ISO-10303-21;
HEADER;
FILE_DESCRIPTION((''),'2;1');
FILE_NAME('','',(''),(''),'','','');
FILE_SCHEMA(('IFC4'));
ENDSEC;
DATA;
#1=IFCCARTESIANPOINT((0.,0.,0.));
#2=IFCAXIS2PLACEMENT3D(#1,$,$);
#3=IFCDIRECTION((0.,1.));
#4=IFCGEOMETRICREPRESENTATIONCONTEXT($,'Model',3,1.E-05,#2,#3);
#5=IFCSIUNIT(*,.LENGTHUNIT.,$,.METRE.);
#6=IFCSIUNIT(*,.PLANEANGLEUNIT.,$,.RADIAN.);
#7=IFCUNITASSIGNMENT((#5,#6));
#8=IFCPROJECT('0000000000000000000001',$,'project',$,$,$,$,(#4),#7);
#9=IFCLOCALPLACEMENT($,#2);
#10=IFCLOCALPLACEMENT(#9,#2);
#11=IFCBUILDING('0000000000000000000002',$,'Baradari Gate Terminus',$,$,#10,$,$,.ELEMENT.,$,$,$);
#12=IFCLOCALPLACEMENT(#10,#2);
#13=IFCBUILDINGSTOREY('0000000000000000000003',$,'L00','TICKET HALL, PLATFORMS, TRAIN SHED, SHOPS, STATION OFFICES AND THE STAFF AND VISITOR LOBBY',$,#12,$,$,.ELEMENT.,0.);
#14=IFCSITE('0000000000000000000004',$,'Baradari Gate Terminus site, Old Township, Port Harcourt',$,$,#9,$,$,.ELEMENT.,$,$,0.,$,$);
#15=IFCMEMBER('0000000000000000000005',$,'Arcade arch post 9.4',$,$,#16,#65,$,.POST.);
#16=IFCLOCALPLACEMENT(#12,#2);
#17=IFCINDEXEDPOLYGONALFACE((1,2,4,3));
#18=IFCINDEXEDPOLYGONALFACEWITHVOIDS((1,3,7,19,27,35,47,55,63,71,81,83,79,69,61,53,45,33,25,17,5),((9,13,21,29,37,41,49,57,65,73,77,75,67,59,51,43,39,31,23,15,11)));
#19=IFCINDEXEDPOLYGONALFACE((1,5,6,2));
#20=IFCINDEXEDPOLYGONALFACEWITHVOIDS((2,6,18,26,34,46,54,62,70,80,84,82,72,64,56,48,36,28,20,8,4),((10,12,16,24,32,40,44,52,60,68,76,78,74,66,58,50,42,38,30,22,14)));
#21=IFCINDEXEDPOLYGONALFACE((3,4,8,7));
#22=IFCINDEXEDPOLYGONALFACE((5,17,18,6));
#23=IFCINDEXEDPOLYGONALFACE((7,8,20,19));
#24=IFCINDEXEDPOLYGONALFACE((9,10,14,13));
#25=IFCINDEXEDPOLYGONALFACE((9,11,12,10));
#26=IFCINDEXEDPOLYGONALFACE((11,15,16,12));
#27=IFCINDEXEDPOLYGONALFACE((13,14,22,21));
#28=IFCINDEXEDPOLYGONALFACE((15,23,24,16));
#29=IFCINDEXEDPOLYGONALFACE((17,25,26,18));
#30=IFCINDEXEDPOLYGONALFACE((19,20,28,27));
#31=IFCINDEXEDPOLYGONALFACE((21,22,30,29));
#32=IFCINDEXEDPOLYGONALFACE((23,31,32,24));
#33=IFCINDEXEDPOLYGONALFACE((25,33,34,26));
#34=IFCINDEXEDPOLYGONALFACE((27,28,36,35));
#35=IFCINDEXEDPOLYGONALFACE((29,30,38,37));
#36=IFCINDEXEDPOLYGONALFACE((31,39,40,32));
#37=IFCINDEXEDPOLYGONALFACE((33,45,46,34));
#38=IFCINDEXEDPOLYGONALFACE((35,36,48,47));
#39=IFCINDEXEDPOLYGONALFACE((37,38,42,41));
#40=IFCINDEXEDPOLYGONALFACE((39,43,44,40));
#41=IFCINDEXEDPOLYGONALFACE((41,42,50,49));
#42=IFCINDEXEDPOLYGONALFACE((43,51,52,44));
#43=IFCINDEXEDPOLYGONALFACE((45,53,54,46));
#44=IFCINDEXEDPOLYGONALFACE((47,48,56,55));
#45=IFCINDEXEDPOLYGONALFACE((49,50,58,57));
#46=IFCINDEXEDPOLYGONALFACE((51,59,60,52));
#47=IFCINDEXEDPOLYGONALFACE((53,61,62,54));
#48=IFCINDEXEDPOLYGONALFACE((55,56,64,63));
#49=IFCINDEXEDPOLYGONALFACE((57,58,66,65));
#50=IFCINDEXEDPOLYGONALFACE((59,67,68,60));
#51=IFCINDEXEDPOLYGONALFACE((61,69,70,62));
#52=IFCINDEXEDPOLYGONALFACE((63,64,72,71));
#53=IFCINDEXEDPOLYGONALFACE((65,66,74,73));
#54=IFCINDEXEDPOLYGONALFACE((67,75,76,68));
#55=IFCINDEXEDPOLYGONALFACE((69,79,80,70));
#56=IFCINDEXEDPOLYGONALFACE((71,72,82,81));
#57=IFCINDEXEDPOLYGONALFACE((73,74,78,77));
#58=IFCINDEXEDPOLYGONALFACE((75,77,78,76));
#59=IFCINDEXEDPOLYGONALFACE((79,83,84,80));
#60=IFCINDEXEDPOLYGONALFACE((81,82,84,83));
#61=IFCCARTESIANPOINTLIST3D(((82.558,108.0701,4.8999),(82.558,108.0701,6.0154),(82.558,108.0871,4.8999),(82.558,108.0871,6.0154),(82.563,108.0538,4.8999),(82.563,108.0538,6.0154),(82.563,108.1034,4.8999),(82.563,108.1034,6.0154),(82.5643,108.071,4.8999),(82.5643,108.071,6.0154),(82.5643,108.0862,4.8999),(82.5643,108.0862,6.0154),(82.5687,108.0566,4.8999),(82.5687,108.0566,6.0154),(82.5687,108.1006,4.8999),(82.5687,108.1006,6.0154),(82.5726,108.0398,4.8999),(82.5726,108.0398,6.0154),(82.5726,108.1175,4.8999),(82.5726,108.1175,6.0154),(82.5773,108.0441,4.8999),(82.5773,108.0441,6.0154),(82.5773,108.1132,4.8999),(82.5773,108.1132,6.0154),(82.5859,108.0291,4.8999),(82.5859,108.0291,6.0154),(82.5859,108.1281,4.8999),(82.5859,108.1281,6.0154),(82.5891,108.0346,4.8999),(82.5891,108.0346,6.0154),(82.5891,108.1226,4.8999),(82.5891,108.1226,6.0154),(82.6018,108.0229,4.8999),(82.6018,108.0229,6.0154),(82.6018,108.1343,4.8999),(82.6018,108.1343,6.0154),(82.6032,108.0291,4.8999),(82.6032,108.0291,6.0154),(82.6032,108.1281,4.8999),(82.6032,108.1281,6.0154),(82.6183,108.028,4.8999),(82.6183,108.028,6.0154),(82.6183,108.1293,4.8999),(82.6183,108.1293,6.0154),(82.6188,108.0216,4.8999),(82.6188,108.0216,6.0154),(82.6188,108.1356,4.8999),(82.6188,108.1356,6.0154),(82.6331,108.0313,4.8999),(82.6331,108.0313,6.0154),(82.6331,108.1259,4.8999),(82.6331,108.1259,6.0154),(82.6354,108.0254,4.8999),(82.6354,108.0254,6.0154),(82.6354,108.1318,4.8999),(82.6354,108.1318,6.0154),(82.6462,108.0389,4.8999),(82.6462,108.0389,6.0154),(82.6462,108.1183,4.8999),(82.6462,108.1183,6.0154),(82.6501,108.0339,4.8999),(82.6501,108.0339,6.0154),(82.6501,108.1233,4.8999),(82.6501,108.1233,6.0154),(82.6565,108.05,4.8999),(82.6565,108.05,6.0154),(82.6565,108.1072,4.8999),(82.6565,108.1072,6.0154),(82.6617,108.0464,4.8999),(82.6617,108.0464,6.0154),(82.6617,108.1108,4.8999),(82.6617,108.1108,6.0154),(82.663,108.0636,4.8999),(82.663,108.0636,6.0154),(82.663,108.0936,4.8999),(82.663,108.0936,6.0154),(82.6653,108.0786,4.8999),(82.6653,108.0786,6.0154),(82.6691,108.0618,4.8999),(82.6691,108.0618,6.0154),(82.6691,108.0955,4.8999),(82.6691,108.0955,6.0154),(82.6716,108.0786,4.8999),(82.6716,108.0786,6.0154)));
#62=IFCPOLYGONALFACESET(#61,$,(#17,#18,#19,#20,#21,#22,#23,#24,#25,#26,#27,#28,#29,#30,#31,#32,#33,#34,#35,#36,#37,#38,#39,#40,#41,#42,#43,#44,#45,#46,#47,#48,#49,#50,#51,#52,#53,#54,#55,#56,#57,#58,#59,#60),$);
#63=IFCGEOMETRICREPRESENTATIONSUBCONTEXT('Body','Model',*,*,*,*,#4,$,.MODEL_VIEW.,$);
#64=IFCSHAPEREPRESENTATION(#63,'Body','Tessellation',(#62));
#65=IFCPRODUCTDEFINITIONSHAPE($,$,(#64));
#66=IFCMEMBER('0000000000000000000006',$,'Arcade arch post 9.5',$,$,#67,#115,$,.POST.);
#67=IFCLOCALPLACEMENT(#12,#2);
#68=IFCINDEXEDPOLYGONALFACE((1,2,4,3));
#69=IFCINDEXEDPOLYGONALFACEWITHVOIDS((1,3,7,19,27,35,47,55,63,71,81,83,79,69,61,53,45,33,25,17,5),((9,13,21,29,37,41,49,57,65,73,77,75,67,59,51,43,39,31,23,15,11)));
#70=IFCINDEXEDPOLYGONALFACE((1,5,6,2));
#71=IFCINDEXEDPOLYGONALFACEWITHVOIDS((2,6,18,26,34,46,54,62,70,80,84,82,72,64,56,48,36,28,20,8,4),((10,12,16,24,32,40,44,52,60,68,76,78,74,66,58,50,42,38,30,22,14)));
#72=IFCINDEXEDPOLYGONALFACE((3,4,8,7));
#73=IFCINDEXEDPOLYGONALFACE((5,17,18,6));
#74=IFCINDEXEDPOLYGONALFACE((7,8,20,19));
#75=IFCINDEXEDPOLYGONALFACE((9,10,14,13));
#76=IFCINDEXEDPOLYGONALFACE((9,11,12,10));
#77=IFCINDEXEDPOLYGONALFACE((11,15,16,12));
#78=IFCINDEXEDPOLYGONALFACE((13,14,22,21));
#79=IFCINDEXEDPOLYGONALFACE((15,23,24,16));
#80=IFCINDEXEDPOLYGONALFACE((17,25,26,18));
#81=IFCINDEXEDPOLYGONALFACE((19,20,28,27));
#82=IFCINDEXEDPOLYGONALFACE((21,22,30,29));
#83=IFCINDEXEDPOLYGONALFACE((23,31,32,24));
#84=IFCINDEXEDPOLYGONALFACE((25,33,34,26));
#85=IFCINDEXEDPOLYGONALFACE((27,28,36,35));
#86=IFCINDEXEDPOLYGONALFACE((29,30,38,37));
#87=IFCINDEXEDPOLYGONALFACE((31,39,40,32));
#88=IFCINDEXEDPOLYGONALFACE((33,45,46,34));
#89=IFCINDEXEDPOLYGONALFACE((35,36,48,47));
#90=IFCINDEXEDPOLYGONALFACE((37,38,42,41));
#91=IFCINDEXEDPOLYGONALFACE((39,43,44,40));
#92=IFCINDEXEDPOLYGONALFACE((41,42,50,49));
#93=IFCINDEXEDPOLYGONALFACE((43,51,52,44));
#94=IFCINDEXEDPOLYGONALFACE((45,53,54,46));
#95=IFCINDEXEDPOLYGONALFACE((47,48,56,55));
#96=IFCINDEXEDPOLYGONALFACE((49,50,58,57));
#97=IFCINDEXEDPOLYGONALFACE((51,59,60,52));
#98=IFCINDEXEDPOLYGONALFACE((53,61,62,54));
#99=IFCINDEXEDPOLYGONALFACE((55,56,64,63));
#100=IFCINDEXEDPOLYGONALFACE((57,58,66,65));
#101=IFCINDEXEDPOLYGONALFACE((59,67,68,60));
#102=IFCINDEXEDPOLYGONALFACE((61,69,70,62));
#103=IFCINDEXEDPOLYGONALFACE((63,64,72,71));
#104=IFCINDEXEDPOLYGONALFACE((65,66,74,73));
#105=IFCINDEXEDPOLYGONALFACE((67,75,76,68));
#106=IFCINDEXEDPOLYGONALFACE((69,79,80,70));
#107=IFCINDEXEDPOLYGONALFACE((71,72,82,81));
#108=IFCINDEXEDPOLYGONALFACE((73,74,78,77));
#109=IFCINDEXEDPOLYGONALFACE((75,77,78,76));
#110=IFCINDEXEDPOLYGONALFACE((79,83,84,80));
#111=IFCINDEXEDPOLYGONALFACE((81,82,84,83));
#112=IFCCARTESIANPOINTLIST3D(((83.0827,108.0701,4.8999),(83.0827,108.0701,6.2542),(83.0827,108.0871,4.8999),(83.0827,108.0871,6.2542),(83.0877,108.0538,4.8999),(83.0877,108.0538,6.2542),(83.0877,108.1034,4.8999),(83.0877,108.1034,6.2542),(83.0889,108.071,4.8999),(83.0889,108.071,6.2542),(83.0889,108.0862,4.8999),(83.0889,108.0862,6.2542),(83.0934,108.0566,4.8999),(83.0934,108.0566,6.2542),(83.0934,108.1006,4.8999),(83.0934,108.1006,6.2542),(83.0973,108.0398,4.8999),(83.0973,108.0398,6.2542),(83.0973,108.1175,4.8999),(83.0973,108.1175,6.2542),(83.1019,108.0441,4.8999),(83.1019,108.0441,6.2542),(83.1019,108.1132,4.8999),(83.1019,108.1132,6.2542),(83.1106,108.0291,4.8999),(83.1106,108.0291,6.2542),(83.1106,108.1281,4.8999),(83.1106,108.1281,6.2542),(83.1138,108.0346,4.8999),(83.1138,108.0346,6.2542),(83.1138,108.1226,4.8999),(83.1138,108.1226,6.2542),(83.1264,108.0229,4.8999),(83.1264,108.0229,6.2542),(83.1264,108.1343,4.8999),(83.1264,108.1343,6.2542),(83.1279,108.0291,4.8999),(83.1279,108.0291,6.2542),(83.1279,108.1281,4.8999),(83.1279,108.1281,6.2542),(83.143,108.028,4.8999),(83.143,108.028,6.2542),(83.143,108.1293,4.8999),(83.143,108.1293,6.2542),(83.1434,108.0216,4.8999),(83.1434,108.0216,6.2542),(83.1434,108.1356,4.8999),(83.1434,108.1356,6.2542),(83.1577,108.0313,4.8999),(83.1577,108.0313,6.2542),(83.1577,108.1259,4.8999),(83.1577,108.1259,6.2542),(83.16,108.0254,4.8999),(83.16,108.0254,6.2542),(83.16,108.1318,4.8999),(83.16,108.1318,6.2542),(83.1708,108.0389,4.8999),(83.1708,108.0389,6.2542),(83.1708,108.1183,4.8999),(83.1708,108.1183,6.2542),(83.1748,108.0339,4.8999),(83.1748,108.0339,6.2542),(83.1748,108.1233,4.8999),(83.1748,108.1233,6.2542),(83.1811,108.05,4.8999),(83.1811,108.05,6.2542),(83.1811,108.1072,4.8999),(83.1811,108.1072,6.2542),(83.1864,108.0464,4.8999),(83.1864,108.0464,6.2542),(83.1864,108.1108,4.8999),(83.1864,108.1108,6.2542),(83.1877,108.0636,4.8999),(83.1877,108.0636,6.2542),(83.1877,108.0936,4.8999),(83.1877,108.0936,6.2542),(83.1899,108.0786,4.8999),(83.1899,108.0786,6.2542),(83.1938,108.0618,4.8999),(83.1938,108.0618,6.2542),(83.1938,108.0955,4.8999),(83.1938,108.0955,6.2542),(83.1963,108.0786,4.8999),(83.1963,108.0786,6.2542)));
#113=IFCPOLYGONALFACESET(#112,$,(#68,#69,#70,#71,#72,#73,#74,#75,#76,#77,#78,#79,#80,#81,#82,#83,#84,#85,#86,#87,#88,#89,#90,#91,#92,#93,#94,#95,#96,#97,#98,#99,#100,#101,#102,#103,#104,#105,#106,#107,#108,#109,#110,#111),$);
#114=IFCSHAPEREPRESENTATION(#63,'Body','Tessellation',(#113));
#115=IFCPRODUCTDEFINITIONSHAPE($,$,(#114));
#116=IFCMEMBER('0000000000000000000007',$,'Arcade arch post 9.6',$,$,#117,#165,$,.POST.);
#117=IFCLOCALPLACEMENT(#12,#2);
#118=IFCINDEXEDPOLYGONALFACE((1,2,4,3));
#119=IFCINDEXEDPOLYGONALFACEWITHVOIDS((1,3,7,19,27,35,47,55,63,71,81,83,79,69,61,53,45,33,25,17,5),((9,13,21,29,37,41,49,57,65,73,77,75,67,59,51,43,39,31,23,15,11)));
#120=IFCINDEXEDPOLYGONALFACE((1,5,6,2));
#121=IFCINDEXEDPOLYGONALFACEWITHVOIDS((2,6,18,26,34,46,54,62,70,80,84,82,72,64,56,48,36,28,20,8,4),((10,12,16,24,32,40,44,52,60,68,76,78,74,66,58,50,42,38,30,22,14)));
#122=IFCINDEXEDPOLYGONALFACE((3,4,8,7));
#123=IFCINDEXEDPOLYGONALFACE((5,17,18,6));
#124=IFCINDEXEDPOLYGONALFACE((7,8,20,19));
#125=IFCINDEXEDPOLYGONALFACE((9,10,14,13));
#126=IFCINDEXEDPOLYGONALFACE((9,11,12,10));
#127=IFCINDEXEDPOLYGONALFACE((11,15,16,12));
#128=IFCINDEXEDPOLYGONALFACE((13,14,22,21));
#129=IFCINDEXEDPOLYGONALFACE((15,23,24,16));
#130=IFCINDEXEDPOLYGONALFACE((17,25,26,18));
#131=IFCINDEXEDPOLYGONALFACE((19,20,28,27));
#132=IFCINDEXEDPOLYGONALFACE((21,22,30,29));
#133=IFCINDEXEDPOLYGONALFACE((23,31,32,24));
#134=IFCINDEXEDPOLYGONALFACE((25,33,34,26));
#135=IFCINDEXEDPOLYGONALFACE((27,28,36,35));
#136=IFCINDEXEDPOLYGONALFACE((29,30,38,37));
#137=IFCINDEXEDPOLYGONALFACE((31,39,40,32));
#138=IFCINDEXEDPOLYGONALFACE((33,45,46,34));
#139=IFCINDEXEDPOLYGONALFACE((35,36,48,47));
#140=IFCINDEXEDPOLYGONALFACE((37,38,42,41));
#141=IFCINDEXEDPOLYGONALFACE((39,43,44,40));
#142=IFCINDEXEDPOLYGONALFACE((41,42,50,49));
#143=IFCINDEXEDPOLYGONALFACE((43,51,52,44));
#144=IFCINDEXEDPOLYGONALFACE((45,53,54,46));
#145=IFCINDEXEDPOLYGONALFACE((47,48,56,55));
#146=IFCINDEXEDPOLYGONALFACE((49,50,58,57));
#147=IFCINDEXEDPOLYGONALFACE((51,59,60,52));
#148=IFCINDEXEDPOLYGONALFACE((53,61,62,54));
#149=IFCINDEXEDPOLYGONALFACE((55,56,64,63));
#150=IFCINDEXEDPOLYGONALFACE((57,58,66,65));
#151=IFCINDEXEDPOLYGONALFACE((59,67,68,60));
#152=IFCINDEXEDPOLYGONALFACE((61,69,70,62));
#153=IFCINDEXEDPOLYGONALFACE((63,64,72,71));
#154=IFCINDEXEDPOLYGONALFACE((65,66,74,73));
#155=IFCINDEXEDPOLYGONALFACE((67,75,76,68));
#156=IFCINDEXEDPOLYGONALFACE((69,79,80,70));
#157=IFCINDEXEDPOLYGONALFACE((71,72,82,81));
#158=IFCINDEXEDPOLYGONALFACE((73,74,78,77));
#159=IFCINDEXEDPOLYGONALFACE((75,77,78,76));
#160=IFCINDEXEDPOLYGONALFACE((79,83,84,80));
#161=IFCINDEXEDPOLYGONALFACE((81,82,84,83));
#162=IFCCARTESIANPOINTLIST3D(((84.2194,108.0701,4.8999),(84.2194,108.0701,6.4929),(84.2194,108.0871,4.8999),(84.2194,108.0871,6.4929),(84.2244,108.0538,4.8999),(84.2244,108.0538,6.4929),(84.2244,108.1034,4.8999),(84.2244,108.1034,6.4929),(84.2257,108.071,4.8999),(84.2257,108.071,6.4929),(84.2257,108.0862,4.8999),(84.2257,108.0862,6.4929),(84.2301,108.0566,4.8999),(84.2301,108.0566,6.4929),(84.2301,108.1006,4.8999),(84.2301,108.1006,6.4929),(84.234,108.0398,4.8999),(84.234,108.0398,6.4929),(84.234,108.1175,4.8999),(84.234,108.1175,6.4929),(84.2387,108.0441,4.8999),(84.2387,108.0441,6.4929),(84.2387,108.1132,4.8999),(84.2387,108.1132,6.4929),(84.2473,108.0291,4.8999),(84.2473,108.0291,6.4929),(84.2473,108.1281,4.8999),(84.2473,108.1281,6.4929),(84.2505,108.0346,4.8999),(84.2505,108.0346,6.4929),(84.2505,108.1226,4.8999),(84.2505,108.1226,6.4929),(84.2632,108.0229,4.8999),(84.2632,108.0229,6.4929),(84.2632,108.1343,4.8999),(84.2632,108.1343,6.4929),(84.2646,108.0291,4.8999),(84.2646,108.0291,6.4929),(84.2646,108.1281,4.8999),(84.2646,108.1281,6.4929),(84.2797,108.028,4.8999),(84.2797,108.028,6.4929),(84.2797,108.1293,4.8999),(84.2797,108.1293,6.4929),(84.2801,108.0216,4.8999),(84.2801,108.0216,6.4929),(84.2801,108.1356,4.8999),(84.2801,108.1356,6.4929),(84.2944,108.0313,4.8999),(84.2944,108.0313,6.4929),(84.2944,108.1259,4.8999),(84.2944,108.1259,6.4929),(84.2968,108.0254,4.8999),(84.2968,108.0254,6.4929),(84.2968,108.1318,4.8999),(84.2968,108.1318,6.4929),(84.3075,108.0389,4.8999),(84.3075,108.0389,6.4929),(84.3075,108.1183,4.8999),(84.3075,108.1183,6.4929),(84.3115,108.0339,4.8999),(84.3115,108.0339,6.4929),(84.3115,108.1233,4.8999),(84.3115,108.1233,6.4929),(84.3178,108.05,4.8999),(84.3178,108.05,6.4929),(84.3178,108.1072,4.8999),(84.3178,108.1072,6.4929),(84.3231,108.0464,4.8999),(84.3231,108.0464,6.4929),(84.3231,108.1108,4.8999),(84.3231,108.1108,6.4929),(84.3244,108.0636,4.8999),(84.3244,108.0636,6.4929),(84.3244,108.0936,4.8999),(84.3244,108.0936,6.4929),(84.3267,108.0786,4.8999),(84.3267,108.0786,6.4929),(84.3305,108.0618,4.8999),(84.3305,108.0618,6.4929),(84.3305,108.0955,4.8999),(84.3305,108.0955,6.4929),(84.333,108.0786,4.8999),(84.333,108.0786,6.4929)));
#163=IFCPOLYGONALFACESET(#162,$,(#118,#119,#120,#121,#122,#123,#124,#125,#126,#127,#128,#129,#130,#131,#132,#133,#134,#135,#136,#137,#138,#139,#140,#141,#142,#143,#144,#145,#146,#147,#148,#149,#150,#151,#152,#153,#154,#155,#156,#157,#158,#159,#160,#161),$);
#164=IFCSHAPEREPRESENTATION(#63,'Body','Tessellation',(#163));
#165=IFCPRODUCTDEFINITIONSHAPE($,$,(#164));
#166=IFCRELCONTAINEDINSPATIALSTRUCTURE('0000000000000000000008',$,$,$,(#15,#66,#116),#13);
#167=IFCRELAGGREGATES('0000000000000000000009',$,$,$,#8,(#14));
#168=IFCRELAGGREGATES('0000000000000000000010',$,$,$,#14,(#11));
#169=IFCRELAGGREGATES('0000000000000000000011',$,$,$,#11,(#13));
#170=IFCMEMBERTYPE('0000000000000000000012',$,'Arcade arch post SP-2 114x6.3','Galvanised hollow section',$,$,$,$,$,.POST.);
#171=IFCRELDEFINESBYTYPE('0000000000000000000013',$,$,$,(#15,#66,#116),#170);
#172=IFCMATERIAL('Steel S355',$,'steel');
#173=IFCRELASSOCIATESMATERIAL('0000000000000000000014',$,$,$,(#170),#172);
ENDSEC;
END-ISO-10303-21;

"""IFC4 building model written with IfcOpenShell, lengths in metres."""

from ifc_helpers import new_model, si_unit, direction, frame, origin, origin_2d, place, context, subcontext, project, spatial, hollow_circle, extrude, material, material_profile, profile_set, type_object, element, save


model = new_model("IFC4")

# Units and contexts
model_context = context("Model", 3, precision=1e-05, world=origin(), true_north=direction((0.0, 1.0)))
body_context = subcontext(model_context, "Body", "Model", "MODEL_VIEW")
ifc_project = project(units=[si_unit("LENGTHUNIT", "METRE"), si_unit("PLANEANGLEUNIT", "RADIAN")], contexts=[model_context])

# Site, building, storey
site_placement = place(None, origin())
site = spatial("IfcSite", under=ifc_project, at=site_placement, Name="Baradari Gate Terminus site, Old Township, Port Harcourt", CompositionType="ELEMENT", RefElevation=0.0)
building_placement = place(site_placement, origin())
building = spatial("IfcBuilding", under=site, at=building_placement, Name="Baradari Gate Terminus", CompositionType="ELEMENT")
storey_placement = place(building_placement, origin())
storey = spatial("IfcBuildingStorey", under=building, at=storey_placement, Name="L00", Description="TICKET HALL, PLATFORMS, TRAIN SHED, SHOPS, STATION OFFICES AND THE STAFF AND VISITOR LOBBY", CompositionType="ELEMENT", Elevation=0.0)

# Members
ifc_material_1 = material(Name="Steel S355", Category="steel")
ifc_material_profile_1 = material_profile(ifc_material_1, hollow_circle(Radius=0.0571, WallThickness=0.0063, at=origin_2d()), Name="CHS 114.3x6.3")
ifc_profile_set_1 = profile_set([ifc_material_profile_1], Name="Steel S355")
member_type = type_object("IfcMemberType", Name="Arcade arch post SP-2 114x6.3", Description="Galvanised hollow section", PredefinedType="POST", material=ifc_profile_set_1)
member_1_placement = place(storey_placement, frame((82.6145, 108.0786, 4.8999), z_axis=(0.0, 0.0, 1.0), x_axis=(1.0, 0.0, 0.0)))
element("IfcMember", 1, at=member_1_placement, inside=storey, type_object=member_type, Name="Arcade arch post 9.4", PredefinedType="POST", context=body_context, shape_type="SweptSolid", body=[
    extrude(hollow_circle(Radius=0.0571, WallThickness=0.0063, at=origin_2d()), origin(), (0.0, 0.0, 1.0), 1.1155),
])
member_2_placement = place(storey_placement, frame((83.1392, 108.0786, 4.8999), z_axis=(0.0, 0.0, 1.0), x_axis=(1.0, 0.0, 0.0)))
element("IfcMember", 2, at=member_2_placement, inside=storey, type_object=member_type, Name="Arcade arch post 9.5", PredefinedType="POST", context=body_context, shape_type="SweptSolid", body=[
    extrude(hollow_circle(Radius=0.0571, WallThickness=0.0063, at=origin_2d()), origin(), (0.0, 0.0, 1.0), 1.3542),
])
member_3_placement = place(storey_placement, frame((84.2759, 108.0786, 4.8999), z_axis=(0.0, 0.0, 1.0), x_axis=(1.0, 0.0, 0.0)))
element("IfcMember", 3, at=member_3_placement, inside=storey, type_object=member_type, Name="Arcade arch post 9.6", PredefinedType="POST", context=body_context, shape_type="SweptSolid", body=[
    extrude(hollow_circle(Radius=0.0571, WallThickness=0.0063, at=origin_2d()), origin(), (0.0, 0.0, 1.0), 1.593),
])

save(model, "model.ifc")
